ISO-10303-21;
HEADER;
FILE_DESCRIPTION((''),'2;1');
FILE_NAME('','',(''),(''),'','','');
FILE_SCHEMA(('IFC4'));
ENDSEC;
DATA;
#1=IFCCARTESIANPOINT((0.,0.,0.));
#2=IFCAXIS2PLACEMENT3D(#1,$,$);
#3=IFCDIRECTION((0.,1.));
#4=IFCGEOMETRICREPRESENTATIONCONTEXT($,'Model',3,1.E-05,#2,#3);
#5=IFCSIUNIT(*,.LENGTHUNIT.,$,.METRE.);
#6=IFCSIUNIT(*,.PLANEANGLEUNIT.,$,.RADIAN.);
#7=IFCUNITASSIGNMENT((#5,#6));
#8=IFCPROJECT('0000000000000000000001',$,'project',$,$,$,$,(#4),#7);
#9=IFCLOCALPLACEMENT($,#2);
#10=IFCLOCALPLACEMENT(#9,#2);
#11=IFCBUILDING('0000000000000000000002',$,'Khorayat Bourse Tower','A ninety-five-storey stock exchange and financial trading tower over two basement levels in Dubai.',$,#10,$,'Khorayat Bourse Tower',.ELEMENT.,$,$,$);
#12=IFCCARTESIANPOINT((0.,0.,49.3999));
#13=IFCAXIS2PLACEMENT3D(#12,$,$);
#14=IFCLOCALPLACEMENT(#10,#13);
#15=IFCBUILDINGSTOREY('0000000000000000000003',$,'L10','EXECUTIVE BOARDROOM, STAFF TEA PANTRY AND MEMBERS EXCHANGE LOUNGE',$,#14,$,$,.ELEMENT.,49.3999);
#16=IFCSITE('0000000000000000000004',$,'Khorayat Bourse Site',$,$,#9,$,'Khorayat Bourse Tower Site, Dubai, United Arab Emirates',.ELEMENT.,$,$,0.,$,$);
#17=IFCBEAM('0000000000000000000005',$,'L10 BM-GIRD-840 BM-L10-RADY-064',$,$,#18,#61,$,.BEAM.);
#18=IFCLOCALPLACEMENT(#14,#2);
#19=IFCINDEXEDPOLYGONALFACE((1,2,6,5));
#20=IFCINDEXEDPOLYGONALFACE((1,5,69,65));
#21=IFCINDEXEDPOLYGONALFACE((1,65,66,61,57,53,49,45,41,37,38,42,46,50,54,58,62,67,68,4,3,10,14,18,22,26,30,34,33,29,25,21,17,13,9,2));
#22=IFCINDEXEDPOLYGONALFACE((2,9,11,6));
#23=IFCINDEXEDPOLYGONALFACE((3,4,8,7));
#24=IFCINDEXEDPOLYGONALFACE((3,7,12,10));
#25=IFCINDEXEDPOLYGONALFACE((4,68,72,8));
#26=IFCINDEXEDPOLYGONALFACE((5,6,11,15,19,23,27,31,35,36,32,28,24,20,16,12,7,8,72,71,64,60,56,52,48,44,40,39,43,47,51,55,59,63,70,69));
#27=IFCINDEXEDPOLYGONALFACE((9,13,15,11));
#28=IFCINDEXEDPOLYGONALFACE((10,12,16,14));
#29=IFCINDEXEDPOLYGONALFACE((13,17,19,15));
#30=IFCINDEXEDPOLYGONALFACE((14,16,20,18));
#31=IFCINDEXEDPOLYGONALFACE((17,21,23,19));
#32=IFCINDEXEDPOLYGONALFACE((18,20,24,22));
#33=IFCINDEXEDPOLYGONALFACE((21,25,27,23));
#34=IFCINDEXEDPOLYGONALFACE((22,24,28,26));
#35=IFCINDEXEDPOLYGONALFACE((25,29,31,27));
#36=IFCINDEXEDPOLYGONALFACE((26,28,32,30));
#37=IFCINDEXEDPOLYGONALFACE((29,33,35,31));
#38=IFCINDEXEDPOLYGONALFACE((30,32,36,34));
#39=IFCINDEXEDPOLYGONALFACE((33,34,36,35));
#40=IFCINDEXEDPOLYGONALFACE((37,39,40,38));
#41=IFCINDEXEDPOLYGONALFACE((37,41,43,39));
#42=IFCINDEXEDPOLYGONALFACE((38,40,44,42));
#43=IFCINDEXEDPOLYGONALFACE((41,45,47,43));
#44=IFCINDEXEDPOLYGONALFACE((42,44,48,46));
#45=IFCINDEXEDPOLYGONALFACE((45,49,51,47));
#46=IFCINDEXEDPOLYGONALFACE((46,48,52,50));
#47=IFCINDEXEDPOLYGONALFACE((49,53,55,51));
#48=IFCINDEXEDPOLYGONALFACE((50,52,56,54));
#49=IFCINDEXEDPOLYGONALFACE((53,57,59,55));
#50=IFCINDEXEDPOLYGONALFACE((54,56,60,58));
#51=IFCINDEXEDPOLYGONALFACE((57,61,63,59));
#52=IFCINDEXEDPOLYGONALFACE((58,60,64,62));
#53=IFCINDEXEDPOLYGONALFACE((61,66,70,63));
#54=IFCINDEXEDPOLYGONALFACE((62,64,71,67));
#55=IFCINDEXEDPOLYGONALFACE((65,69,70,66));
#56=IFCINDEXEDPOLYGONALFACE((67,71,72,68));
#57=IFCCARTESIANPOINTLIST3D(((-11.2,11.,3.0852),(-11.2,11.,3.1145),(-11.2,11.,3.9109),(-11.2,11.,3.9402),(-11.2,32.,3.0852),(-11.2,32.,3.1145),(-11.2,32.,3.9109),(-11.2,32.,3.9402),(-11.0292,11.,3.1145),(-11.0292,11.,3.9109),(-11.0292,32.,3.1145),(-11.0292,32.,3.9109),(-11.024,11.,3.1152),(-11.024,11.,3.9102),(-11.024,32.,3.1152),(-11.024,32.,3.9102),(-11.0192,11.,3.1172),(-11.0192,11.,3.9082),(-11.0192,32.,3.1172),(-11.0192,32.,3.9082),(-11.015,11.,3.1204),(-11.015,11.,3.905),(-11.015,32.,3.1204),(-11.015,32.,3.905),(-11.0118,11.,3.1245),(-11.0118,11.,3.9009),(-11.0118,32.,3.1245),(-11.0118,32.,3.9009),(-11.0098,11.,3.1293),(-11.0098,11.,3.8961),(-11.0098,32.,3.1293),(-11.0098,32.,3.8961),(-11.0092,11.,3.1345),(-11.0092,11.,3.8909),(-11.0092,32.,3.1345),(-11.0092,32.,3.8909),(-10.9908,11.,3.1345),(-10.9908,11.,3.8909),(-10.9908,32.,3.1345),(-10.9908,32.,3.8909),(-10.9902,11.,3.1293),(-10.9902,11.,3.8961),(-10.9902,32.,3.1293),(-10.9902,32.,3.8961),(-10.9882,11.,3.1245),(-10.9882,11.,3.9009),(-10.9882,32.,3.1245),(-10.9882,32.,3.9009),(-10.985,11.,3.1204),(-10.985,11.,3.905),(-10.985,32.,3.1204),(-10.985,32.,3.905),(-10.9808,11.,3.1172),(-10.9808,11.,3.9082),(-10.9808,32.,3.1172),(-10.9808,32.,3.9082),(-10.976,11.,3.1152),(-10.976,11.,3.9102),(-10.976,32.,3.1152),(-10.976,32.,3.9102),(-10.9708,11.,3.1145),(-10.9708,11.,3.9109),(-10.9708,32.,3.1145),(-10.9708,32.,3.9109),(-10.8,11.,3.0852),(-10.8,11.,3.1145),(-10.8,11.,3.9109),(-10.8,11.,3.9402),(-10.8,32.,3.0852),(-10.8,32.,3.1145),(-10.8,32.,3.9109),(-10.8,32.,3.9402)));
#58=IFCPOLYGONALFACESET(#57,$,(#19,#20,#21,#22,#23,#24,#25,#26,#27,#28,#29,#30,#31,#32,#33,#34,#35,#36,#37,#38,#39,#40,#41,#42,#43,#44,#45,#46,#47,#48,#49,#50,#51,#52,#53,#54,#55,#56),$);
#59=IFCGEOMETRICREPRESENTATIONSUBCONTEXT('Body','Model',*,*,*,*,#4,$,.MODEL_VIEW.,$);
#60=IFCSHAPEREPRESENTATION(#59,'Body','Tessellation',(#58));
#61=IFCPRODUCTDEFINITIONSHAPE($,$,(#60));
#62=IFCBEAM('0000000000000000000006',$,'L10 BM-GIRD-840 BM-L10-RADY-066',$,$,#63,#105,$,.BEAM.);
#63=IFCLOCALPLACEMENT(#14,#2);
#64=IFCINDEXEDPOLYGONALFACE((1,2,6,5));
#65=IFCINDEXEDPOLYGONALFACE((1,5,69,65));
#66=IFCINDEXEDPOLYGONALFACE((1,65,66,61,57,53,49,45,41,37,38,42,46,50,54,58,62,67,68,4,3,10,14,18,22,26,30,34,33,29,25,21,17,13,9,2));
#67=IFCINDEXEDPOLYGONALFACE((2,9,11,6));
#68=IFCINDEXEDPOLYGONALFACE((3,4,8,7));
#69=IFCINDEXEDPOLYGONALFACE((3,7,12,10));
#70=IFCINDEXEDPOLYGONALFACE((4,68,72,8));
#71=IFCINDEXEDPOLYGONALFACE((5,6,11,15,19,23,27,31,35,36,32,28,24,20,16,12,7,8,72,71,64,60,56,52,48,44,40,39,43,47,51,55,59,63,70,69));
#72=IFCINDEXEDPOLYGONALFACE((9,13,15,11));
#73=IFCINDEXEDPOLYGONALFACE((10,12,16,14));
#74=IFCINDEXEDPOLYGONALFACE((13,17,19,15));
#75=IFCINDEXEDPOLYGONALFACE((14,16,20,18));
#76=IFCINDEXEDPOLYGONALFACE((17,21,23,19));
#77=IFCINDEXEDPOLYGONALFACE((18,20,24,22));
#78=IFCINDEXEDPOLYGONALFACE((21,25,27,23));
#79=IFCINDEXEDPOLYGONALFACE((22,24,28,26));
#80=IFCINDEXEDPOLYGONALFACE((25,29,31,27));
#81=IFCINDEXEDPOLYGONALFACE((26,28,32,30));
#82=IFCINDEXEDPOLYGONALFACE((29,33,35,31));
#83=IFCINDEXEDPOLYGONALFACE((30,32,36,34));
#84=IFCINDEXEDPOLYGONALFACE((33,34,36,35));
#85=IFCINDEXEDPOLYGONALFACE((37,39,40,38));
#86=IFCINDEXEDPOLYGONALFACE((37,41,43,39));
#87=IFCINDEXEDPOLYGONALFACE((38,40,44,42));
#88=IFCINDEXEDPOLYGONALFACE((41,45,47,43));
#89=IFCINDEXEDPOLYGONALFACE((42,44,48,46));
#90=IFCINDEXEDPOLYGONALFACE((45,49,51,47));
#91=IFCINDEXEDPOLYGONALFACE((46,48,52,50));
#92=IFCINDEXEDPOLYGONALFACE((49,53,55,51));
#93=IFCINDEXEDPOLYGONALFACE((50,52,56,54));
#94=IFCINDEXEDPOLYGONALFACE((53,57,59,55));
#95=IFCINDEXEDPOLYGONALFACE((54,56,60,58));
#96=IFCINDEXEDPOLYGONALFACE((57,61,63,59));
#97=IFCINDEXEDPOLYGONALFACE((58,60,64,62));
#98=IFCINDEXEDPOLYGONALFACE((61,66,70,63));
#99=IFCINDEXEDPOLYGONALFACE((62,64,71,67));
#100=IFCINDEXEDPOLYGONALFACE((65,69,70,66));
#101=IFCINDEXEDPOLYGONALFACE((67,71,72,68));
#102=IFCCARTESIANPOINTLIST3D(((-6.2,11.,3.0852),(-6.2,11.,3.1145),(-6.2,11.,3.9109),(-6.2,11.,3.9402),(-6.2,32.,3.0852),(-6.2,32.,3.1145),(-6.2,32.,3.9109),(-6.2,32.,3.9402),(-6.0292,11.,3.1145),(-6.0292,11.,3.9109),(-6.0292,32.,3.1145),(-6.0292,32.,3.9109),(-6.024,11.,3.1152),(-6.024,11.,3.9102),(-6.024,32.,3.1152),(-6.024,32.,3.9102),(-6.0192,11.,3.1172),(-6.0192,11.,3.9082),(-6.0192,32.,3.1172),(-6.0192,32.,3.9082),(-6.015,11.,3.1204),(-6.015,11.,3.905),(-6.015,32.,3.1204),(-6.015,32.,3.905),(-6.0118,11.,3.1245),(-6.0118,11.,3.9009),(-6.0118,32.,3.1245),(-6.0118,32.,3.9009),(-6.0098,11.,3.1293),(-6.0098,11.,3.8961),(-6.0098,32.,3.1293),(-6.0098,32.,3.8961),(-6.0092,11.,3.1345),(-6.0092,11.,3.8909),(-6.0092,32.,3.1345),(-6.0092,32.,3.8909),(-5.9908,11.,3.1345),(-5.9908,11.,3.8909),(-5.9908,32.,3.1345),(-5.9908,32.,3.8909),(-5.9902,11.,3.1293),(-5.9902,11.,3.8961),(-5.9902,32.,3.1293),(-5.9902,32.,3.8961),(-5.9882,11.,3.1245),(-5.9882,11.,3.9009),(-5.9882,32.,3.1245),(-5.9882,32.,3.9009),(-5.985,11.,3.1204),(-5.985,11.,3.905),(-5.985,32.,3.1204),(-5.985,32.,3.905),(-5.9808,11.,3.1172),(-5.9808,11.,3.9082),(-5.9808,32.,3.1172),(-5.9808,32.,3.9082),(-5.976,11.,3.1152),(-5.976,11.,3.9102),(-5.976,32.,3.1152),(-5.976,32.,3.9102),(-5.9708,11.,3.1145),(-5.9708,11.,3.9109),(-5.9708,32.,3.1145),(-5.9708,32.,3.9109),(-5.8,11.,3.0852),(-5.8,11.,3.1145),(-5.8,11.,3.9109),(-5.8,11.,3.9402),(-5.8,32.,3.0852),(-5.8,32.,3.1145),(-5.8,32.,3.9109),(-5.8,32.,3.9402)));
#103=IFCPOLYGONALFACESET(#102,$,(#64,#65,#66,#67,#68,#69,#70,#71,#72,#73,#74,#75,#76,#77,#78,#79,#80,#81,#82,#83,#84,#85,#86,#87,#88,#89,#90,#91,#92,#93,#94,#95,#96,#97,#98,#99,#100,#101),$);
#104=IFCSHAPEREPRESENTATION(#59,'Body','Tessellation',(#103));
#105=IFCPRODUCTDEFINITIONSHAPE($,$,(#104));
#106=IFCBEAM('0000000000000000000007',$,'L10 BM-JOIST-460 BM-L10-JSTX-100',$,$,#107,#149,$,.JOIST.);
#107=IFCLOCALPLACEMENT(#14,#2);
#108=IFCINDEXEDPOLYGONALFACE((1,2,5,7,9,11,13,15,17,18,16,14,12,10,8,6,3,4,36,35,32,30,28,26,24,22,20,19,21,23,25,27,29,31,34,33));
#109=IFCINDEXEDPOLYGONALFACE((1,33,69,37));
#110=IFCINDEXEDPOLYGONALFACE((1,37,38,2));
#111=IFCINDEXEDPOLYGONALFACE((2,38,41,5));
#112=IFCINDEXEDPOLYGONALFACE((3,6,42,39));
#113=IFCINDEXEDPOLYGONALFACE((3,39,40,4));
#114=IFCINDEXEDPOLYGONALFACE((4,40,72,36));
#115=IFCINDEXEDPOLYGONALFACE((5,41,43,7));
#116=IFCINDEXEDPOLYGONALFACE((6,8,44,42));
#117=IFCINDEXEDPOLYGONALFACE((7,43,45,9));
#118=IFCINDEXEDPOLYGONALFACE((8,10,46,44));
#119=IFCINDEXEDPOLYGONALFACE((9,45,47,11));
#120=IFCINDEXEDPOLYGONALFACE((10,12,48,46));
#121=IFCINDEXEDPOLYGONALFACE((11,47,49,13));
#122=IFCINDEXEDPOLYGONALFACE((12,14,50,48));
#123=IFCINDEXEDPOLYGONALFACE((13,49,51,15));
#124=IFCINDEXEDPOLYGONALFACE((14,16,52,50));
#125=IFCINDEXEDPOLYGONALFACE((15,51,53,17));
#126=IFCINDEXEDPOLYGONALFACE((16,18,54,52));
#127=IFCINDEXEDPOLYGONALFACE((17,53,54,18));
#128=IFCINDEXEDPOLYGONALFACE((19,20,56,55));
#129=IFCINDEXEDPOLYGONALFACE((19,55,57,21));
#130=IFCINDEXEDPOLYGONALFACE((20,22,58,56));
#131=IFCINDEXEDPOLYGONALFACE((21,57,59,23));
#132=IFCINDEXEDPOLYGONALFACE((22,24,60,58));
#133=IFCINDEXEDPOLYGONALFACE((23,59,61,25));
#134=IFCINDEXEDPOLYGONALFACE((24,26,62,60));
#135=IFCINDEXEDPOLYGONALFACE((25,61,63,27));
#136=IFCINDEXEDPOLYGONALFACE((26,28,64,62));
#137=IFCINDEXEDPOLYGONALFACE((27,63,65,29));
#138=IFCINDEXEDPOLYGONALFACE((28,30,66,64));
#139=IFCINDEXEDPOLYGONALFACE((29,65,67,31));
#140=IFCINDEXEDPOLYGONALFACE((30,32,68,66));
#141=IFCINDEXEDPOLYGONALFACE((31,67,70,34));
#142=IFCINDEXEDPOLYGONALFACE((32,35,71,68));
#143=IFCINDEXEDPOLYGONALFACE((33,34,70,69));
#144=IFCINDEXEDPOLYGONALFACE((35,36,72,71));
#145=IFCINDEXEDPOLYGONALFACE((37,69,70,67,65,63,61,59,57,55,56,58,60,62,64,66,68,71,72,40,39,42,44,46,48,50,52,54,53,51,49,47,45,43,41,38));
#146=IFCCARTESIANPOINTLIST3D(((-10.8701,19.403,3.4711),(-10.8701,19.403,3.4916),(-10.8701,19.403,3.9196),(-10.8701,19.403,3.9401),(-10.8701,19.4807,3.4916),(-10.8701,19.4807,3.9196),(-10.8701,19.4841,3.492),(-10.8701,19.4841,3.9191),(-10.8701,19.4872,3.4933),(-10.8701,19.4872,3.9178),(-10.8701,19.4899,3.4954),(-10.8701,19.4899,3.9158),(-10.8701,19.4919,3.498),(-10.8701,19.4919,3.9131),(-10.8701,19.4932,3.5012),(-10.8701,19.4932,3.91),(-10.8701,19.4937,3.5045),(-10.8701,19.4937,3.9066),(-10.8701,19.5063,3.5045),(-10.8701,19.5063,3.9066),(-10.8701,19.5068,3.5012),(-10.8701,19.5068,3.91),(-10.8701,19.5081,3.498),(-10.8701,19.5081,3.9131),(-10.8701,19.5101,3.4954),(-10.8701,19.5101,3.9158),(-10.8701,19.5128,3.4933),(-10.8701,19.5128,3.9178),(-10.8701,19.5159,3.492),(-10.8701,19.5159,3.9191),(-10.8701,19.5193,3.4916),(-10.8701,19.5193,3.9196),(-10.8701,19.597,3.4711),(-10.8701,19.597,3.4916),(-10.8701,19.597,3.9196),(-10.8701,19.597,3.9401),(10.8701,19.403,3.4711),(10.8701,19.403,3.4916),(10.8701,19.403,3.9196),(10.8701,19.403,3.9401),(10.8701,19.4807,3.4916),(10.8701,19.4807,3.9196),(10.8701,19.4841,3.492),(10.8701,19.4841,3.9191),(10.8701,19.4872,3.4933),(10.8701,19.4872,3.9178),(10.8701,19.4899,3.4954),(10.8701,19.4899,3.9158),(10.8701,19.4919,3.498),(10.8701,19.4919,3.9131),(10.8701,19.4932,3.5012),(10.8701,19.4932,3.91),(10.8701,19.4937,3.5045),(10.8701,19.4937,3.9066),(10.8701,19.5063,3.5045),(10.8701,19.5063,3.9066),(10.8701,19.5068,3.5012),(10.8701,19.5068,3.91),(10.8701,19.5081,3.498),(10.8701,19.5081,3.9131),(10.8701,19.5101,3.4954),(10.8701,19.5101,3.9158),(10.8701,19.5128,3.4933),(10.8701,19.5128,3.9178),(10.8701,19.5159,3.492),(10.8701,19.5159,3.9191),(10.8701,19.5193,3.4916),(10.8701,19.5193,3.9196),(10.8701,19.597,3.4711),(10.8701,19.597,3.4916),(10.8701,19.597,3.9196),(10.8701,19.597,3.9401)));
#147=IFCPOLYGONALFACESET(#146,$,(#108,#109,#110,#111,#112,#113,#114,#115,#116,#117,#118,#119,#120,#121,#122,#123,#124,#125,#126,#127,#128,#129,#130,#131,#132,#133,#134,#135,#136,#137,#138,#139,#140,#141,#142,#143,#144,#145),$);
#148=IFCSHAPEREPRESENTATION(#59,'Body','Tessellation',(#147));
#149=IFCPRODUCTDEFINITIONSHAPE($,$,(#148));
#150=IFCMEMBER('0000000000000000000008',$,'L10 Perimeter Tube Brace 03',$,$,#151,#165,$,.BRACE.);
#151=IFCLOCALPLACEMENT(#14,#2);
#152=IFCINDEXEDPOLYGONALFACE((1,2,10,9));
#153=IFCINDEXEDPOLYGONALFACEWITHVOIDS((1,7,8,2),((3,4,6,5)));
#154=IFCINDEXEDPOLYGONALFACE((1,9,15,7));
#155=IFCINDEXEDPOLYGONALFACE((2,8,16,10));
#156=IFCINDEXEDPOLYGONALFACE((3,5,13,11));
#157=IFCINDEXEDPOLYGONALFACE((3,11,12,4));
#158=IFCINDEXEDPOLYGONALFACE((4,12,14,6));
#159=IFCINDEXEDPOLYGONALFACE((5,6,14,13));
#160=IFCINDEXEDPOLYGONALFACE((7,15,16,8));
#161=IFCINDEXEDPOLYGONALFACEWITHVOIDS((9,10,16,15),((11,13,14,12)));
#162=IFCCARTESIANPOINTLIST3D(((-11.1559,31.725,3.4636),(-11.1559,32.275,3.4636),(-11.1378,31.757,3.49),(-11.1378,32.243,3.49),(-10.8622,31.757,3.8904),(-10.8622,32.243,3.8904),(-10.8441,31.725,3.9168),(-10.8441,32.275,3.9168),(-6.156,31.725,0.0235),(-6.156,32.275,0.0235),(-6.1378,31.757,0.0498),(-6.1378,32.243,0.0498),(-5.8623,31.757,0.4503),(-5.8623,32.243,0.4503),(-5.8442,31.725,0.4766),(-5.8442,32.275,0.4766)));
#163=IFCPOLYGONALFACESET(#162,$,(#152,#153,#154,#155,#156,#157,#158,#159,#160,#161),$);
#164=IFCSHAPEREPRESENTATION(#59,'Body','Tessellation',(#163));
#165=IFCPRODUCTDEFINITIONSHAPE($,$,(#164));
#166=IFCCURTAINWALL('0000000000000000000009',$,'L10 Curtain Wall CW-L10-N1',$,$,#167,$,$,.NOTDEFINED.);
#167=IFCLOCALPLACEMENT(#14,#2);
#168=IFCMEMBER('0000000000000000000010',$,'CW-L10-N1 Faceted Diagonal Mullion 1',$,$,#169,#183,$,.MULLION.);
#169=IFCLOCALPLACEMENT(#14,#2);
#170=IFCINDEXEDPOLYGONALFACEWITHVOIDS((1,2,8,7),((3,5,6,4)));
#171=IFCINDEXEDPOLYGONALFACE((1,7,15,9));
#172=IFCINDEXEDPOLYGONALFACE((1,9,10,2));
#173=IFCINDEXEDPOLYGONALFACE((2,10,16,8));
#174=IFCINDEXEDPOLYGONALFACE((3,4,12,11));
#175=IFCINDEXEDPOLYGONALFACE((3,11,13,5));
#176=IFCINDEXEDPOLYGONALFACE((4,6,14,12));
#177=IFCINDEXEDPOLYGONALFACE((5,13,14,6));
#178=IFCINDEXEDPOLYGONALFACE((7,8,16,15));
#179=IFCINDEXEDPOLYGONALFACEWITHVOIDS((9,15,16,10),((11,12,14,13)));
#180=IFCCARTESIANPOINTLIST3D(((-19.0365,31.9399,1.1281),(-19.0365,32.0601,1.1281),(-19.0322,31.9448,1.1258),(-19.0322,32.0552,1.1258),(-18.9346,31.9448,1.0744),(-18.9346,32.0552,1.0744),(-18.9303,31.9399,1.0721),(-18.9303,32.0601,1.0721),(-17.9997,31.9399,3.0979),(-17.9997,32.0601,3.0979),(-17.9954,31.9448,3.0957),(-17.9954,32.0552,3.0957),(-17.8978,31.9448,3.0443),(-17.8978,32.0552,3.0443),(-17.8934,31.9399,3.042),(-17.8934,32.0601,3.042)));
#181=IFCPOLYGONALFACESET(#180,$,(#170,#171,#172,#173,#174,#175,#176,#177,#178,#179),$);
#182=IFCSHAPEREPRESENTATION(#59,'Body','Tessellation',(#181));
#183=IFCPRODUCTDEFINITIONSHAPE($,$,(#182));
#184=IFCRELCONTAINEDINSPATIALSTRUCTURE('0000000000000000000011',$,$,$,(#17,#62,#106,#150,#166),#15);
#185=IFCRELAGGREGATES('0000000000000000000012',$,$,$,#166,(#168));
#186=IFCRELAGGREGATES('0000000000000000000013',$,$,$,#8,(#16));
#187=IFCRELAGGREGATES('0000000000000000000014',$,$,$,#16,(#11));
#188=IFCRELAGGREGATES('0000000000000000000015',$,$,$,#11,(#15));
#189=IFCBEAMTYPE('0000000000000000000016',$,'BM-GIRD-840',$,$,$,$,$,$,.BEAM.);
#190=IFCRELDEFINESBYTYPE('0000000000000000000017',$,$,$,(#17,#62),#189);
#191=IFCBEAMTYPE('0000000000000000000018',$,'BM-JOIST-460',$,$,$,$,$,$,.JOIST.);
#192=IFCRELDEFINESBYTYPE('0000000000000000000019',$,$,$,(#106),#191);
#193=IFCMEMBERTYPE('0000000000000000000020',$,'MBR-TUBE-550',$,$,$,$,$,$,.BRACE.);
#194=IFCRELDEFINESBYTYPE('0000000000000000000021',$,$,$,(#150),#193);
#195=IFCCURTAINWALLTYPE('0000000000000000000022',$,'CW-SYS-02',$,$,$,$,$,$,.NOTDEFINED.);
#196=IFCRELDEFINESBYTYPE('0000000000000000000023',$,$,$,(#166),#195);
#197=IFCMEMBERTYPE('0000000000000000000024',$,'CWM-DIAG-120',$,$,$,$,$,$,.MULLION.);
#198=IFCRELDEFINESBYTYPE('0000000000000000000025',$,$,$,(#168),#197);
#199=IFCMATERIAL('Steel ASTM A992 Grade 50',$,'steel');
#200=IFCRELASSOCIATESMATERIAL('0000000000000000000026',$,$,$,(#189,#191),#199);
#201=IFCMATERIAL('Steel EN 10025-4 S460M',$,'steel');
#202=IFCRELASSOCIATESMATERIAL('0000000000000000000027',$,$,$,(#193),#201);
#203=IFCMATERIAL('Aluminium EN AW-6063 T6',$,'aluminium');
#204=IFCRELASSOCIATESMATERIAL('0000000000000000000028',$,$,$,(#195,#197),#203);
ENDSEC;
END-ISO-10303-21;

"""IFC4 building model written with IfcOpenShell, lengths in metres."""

from ifc_helpers import new_model, si_unit, direction, frame, origin, origin_2d, place, context, subcontext, project, spatial, hollow_rectangle, i_section, extrude, source, transform, mapped, material, material_profile, profile_set, type_object, element, aggregate, save


model = new_model("IFC4")

# Units and contexts
model_context = context("Model", 3, precision=1e-05, world=origin(), true_north=direction((0.0, 1.0)))
body_context = subcontext(model_context, "Body", "Model", "MODEL_VIEW")
ifc_project = project(units=[si_unit("LENGTHUNIT", "METRE"), si_unit("PLANEANGLEUNIT", "RADIAN")], contexts=[model_context])

# Site, building, storey
site_placement = place(None, origin())
site = spatial("IfcSite", under=ifc_project, at=site_placement, Name="Khorayat Bourse Site", LongName="Khorayat Bourse Tower Site, Dubai, United Arab Emirates", CompositionType="ELEMENT", RefElevation=0.0)
building_placement = place(site_placement, origin())
building = spatial("IfcBuilding", under=site, at=building_placement, Name="Khorayat Bourse Tower", Description="A ninety-five-storey stock exchange and financial trading tower over two basement levels in Dubai.", LongName="Khorayat Bourse Tower", CompositionType="ELEMENT")
storey_placement = place(building_placement, frame((0.0, 0.0, 49.3999)))
storey = spatial("IfcBuildingStorey", under=building, at=storey_placement, Name="L10", Description="EXECUTIVE BOARDROOM, STAFF TEA PANTRY AND MEMBERS EXCHANGE LOUNGE", CompositionType="ELEMENT", Elevation=49.3999)

# Shared definitions
ifc_material_1 = material(Name="Steel EN 10025-4 S460M", Category="steel")

# Beams
ifc_material_2 = material(Name="Steel ASTM A992 Grade 50", Category="steel")
ifc_material_profile_1 = material_profile(ifc_material_2, i_section(OverallWidth=0.3999, OverallDepth=0.855, WebThickness=0.0183, FlangeThickness=0.0293, FilletRadius=0.02, at=origin_2d()), Name="W840X299")
ifc_profile_set_1 = profile_set([ifc_material_profile_1], Name="Steel ASTM A992 Grade 50")
beam_type_1 = type_object("IfcBeamType", Name="BM-GIRD-840", PredefinedType="BEAM", material=ifc_profile_set_1)
shared_shape_1 = source(origin(), body_context, "Body", "SweptSolid", [
    extrude(i_section(OverallWidth=0.3999, OverallDepth=0.855, WebThickness=0.0183, FlangeThickness=0.0293, FilletRadius=0.02, at=origin_2d()), origin(), (0.0, 0.0, 1.0), 21.0),
])
for number, where, z_axis, x_axis, name in (
    (1, (-11.0, 11.0, 3.5127), (0.0, 1.0, 0.0), (-1.0, 0.0, 0.0), "L10 BM-GIRD-840 BM-L10-RADY-064"),
    (2, (-6.0, 11.0, 3.5127), (0.0, 1.0, 0.0), (-1.0, 0.0, 0.0), "L10 BM-GIRD-840 BM-L10-RADY-066"),
):
    element("IfcBeam", number, at=place(storey_placement, frame(where, z_axis=z_axis, x_axis=x_axis)), inside=storey, type_object=beam_type_1, Name=name, PredefinedType="BEAM", context=body_context, shape_type="MappedRepresentation", body=[
        mapped(shared_shape_1, transform((0.0, 0.0, 0.0), scale=1.0)),
    ])
ifc_material_profile_2 = material_profile(ifc_material_2, i_section(OverallWidth=0.1941, OverallDepth=0.469, WebThickness=0.0127, FlangeThickness=0.0205, FilletRadius=0.0129, at=origin_2d()), Name="W460X106")
ifc_profile_set_2 = profile_set([ifc_material_profile_2], Name="Steel ASTM A992 Grade 50")
beam_type_2 = type_object("IfcBeamType", Name="BM-JOIST-460", PredefinedType="JOIST", material=ifc_profile_set_2)
shared_shape_2 = source(origin(), body_context, "Body", "SweptSolid", [
    extrude(i_section(OverallWidth=0.1941, OverallDepth=0.469, WebThickness=0.0127, FlangeThickness=0.0205, FilletRadius=0.0129, at=origin_2d()), origin(), (0.0, 0.0, 1.0), 21.7402),
])
beam_1_placement = place(storey_placement, frame((-10.8701, 19.5, 3.7056), z_axis=(1.0, 0.0, 0.0), x_axis=(0.0, 1.0, 0.0)))
element("IfcBeam", 3, at=beam_1_placement, inside=storey, type_object=beam_type_2, Name="L10 BM-JOIST-460 BM-L10-JSTX-100", PredefinedType="JOIST", context=body_context, shape_type="MappedRepresentation", body=[
    mapped(shared_shape_2, transform((0.0, 0.0, 0.0), scale=1.0)),
])

# Member
ifc_material_profile_3 = material_profile(ifc_material_1, hollow_rectangle(XDim=0.55, YDim=0.55, WallThickness=0.032, at=origin_2d()), Name="HSS 550x550x32")
ifc_profile_set_3 = profile_set([ifc_material_profile_3], Name="Steel EN 10025-4 S460M")
member_type_1 = type_object("IfcMemberType", Name="MBR-TUBE-550", PredefinedType="BRACE", material=ifc_profile_set_3)
shared_shape_3 = source(origin(), body_context, "Body", "SweptSolid", [
    extrude(hollow_rectangle(XDim=0.55, YDim=0.55, WallThickness=0.032, at=origin_2d()), origin(), (0.0, 0.0, 1.0), 6.0691),
])
member_1_placement = place(storey_placement, frame((-11.0, 32.0, 3.6902), z_axis=(0.823835, 0.0, -0.566829), x_axis=(0.0, 1.0, 0.0)))
element("IfcMember", 4, at=member_1_placement, inside=storey, type_object=member_type_1, Name="L10 Perimeter Tube Brace 03", PredefinedType="BRACE", context=body_context, shape_type="MappedRepresentation", body=[
    mapped(shared_shape_3, transform((0.0, 0.0, 0.0), scale=1.0)),
])

# Curtain wall, member
ifc_material_3 = material(Name="Aluminium EN AW-6063 T6", Category="aluminium")
curtain_wall_type = type_object("IfcCurtainWallType", Name="CW-SYS-02", PredefinedType="NOTDEFINED", material=ifc_material_3)
curtain_wall_placement = place(storey_placement, origin())
curtain_wall = element("IfcCurtainWall", 5, at=curtain_wall_placement, inside=storey, type_object=curtain_wall_type, Name="L10 Curtain Wall CW-L10-N1", PredefinedType="NOTDEFINED")
ifc_material_profile_4 = material_profile(ifc_material_3, hollow_rectangle(XDim=0.1201, YDim=0.1201, WallThickness=0.0049, at=origin_2d()), Name="ALU 120x120x5")
ifc_profile_set_4 = profile_set([ifc_material_profile_4], Name="Aluminium EN AW-6063 T6")
member_type_2 = type_object("IfcMemberType", Name="CWM-DIAG-120", PredefinedType="MULLION", material=ifc_profile_set_4)
shared_shape_4 = source(origin(), body_context, "Body", "SweptSolid", [
    extrude(hollow_rectangle(XDim=0.1201, YDim=0.1201, WallThickness=0.0049, at=origin_2d()), origin(), (0.0, 0.0, 1.0), 2.2261),
])
member_2_placement = place(storey_placement, frame((-18.9834, 32.0, 1.1001), z_axis=(0.46576, 0.0, 0.884911), x_axis=(0.0, 1.0, 0.0)))
member_2 = element("IfcMember", 6, at=member_2_placement, type_object=member_type_2, Name="CW-L10-N1 Faceted Diagonal Mullion 1", PredefinedType="MULLION", context=body_context, shape_type="MappedRepresentation", body=[
    mapped(shared_shape_4, transform((0.0, 0.0, 0.0), scale=1.0)),
])

aggregate(curtain_wall, [member_2])

save(model, "model.ifc")
